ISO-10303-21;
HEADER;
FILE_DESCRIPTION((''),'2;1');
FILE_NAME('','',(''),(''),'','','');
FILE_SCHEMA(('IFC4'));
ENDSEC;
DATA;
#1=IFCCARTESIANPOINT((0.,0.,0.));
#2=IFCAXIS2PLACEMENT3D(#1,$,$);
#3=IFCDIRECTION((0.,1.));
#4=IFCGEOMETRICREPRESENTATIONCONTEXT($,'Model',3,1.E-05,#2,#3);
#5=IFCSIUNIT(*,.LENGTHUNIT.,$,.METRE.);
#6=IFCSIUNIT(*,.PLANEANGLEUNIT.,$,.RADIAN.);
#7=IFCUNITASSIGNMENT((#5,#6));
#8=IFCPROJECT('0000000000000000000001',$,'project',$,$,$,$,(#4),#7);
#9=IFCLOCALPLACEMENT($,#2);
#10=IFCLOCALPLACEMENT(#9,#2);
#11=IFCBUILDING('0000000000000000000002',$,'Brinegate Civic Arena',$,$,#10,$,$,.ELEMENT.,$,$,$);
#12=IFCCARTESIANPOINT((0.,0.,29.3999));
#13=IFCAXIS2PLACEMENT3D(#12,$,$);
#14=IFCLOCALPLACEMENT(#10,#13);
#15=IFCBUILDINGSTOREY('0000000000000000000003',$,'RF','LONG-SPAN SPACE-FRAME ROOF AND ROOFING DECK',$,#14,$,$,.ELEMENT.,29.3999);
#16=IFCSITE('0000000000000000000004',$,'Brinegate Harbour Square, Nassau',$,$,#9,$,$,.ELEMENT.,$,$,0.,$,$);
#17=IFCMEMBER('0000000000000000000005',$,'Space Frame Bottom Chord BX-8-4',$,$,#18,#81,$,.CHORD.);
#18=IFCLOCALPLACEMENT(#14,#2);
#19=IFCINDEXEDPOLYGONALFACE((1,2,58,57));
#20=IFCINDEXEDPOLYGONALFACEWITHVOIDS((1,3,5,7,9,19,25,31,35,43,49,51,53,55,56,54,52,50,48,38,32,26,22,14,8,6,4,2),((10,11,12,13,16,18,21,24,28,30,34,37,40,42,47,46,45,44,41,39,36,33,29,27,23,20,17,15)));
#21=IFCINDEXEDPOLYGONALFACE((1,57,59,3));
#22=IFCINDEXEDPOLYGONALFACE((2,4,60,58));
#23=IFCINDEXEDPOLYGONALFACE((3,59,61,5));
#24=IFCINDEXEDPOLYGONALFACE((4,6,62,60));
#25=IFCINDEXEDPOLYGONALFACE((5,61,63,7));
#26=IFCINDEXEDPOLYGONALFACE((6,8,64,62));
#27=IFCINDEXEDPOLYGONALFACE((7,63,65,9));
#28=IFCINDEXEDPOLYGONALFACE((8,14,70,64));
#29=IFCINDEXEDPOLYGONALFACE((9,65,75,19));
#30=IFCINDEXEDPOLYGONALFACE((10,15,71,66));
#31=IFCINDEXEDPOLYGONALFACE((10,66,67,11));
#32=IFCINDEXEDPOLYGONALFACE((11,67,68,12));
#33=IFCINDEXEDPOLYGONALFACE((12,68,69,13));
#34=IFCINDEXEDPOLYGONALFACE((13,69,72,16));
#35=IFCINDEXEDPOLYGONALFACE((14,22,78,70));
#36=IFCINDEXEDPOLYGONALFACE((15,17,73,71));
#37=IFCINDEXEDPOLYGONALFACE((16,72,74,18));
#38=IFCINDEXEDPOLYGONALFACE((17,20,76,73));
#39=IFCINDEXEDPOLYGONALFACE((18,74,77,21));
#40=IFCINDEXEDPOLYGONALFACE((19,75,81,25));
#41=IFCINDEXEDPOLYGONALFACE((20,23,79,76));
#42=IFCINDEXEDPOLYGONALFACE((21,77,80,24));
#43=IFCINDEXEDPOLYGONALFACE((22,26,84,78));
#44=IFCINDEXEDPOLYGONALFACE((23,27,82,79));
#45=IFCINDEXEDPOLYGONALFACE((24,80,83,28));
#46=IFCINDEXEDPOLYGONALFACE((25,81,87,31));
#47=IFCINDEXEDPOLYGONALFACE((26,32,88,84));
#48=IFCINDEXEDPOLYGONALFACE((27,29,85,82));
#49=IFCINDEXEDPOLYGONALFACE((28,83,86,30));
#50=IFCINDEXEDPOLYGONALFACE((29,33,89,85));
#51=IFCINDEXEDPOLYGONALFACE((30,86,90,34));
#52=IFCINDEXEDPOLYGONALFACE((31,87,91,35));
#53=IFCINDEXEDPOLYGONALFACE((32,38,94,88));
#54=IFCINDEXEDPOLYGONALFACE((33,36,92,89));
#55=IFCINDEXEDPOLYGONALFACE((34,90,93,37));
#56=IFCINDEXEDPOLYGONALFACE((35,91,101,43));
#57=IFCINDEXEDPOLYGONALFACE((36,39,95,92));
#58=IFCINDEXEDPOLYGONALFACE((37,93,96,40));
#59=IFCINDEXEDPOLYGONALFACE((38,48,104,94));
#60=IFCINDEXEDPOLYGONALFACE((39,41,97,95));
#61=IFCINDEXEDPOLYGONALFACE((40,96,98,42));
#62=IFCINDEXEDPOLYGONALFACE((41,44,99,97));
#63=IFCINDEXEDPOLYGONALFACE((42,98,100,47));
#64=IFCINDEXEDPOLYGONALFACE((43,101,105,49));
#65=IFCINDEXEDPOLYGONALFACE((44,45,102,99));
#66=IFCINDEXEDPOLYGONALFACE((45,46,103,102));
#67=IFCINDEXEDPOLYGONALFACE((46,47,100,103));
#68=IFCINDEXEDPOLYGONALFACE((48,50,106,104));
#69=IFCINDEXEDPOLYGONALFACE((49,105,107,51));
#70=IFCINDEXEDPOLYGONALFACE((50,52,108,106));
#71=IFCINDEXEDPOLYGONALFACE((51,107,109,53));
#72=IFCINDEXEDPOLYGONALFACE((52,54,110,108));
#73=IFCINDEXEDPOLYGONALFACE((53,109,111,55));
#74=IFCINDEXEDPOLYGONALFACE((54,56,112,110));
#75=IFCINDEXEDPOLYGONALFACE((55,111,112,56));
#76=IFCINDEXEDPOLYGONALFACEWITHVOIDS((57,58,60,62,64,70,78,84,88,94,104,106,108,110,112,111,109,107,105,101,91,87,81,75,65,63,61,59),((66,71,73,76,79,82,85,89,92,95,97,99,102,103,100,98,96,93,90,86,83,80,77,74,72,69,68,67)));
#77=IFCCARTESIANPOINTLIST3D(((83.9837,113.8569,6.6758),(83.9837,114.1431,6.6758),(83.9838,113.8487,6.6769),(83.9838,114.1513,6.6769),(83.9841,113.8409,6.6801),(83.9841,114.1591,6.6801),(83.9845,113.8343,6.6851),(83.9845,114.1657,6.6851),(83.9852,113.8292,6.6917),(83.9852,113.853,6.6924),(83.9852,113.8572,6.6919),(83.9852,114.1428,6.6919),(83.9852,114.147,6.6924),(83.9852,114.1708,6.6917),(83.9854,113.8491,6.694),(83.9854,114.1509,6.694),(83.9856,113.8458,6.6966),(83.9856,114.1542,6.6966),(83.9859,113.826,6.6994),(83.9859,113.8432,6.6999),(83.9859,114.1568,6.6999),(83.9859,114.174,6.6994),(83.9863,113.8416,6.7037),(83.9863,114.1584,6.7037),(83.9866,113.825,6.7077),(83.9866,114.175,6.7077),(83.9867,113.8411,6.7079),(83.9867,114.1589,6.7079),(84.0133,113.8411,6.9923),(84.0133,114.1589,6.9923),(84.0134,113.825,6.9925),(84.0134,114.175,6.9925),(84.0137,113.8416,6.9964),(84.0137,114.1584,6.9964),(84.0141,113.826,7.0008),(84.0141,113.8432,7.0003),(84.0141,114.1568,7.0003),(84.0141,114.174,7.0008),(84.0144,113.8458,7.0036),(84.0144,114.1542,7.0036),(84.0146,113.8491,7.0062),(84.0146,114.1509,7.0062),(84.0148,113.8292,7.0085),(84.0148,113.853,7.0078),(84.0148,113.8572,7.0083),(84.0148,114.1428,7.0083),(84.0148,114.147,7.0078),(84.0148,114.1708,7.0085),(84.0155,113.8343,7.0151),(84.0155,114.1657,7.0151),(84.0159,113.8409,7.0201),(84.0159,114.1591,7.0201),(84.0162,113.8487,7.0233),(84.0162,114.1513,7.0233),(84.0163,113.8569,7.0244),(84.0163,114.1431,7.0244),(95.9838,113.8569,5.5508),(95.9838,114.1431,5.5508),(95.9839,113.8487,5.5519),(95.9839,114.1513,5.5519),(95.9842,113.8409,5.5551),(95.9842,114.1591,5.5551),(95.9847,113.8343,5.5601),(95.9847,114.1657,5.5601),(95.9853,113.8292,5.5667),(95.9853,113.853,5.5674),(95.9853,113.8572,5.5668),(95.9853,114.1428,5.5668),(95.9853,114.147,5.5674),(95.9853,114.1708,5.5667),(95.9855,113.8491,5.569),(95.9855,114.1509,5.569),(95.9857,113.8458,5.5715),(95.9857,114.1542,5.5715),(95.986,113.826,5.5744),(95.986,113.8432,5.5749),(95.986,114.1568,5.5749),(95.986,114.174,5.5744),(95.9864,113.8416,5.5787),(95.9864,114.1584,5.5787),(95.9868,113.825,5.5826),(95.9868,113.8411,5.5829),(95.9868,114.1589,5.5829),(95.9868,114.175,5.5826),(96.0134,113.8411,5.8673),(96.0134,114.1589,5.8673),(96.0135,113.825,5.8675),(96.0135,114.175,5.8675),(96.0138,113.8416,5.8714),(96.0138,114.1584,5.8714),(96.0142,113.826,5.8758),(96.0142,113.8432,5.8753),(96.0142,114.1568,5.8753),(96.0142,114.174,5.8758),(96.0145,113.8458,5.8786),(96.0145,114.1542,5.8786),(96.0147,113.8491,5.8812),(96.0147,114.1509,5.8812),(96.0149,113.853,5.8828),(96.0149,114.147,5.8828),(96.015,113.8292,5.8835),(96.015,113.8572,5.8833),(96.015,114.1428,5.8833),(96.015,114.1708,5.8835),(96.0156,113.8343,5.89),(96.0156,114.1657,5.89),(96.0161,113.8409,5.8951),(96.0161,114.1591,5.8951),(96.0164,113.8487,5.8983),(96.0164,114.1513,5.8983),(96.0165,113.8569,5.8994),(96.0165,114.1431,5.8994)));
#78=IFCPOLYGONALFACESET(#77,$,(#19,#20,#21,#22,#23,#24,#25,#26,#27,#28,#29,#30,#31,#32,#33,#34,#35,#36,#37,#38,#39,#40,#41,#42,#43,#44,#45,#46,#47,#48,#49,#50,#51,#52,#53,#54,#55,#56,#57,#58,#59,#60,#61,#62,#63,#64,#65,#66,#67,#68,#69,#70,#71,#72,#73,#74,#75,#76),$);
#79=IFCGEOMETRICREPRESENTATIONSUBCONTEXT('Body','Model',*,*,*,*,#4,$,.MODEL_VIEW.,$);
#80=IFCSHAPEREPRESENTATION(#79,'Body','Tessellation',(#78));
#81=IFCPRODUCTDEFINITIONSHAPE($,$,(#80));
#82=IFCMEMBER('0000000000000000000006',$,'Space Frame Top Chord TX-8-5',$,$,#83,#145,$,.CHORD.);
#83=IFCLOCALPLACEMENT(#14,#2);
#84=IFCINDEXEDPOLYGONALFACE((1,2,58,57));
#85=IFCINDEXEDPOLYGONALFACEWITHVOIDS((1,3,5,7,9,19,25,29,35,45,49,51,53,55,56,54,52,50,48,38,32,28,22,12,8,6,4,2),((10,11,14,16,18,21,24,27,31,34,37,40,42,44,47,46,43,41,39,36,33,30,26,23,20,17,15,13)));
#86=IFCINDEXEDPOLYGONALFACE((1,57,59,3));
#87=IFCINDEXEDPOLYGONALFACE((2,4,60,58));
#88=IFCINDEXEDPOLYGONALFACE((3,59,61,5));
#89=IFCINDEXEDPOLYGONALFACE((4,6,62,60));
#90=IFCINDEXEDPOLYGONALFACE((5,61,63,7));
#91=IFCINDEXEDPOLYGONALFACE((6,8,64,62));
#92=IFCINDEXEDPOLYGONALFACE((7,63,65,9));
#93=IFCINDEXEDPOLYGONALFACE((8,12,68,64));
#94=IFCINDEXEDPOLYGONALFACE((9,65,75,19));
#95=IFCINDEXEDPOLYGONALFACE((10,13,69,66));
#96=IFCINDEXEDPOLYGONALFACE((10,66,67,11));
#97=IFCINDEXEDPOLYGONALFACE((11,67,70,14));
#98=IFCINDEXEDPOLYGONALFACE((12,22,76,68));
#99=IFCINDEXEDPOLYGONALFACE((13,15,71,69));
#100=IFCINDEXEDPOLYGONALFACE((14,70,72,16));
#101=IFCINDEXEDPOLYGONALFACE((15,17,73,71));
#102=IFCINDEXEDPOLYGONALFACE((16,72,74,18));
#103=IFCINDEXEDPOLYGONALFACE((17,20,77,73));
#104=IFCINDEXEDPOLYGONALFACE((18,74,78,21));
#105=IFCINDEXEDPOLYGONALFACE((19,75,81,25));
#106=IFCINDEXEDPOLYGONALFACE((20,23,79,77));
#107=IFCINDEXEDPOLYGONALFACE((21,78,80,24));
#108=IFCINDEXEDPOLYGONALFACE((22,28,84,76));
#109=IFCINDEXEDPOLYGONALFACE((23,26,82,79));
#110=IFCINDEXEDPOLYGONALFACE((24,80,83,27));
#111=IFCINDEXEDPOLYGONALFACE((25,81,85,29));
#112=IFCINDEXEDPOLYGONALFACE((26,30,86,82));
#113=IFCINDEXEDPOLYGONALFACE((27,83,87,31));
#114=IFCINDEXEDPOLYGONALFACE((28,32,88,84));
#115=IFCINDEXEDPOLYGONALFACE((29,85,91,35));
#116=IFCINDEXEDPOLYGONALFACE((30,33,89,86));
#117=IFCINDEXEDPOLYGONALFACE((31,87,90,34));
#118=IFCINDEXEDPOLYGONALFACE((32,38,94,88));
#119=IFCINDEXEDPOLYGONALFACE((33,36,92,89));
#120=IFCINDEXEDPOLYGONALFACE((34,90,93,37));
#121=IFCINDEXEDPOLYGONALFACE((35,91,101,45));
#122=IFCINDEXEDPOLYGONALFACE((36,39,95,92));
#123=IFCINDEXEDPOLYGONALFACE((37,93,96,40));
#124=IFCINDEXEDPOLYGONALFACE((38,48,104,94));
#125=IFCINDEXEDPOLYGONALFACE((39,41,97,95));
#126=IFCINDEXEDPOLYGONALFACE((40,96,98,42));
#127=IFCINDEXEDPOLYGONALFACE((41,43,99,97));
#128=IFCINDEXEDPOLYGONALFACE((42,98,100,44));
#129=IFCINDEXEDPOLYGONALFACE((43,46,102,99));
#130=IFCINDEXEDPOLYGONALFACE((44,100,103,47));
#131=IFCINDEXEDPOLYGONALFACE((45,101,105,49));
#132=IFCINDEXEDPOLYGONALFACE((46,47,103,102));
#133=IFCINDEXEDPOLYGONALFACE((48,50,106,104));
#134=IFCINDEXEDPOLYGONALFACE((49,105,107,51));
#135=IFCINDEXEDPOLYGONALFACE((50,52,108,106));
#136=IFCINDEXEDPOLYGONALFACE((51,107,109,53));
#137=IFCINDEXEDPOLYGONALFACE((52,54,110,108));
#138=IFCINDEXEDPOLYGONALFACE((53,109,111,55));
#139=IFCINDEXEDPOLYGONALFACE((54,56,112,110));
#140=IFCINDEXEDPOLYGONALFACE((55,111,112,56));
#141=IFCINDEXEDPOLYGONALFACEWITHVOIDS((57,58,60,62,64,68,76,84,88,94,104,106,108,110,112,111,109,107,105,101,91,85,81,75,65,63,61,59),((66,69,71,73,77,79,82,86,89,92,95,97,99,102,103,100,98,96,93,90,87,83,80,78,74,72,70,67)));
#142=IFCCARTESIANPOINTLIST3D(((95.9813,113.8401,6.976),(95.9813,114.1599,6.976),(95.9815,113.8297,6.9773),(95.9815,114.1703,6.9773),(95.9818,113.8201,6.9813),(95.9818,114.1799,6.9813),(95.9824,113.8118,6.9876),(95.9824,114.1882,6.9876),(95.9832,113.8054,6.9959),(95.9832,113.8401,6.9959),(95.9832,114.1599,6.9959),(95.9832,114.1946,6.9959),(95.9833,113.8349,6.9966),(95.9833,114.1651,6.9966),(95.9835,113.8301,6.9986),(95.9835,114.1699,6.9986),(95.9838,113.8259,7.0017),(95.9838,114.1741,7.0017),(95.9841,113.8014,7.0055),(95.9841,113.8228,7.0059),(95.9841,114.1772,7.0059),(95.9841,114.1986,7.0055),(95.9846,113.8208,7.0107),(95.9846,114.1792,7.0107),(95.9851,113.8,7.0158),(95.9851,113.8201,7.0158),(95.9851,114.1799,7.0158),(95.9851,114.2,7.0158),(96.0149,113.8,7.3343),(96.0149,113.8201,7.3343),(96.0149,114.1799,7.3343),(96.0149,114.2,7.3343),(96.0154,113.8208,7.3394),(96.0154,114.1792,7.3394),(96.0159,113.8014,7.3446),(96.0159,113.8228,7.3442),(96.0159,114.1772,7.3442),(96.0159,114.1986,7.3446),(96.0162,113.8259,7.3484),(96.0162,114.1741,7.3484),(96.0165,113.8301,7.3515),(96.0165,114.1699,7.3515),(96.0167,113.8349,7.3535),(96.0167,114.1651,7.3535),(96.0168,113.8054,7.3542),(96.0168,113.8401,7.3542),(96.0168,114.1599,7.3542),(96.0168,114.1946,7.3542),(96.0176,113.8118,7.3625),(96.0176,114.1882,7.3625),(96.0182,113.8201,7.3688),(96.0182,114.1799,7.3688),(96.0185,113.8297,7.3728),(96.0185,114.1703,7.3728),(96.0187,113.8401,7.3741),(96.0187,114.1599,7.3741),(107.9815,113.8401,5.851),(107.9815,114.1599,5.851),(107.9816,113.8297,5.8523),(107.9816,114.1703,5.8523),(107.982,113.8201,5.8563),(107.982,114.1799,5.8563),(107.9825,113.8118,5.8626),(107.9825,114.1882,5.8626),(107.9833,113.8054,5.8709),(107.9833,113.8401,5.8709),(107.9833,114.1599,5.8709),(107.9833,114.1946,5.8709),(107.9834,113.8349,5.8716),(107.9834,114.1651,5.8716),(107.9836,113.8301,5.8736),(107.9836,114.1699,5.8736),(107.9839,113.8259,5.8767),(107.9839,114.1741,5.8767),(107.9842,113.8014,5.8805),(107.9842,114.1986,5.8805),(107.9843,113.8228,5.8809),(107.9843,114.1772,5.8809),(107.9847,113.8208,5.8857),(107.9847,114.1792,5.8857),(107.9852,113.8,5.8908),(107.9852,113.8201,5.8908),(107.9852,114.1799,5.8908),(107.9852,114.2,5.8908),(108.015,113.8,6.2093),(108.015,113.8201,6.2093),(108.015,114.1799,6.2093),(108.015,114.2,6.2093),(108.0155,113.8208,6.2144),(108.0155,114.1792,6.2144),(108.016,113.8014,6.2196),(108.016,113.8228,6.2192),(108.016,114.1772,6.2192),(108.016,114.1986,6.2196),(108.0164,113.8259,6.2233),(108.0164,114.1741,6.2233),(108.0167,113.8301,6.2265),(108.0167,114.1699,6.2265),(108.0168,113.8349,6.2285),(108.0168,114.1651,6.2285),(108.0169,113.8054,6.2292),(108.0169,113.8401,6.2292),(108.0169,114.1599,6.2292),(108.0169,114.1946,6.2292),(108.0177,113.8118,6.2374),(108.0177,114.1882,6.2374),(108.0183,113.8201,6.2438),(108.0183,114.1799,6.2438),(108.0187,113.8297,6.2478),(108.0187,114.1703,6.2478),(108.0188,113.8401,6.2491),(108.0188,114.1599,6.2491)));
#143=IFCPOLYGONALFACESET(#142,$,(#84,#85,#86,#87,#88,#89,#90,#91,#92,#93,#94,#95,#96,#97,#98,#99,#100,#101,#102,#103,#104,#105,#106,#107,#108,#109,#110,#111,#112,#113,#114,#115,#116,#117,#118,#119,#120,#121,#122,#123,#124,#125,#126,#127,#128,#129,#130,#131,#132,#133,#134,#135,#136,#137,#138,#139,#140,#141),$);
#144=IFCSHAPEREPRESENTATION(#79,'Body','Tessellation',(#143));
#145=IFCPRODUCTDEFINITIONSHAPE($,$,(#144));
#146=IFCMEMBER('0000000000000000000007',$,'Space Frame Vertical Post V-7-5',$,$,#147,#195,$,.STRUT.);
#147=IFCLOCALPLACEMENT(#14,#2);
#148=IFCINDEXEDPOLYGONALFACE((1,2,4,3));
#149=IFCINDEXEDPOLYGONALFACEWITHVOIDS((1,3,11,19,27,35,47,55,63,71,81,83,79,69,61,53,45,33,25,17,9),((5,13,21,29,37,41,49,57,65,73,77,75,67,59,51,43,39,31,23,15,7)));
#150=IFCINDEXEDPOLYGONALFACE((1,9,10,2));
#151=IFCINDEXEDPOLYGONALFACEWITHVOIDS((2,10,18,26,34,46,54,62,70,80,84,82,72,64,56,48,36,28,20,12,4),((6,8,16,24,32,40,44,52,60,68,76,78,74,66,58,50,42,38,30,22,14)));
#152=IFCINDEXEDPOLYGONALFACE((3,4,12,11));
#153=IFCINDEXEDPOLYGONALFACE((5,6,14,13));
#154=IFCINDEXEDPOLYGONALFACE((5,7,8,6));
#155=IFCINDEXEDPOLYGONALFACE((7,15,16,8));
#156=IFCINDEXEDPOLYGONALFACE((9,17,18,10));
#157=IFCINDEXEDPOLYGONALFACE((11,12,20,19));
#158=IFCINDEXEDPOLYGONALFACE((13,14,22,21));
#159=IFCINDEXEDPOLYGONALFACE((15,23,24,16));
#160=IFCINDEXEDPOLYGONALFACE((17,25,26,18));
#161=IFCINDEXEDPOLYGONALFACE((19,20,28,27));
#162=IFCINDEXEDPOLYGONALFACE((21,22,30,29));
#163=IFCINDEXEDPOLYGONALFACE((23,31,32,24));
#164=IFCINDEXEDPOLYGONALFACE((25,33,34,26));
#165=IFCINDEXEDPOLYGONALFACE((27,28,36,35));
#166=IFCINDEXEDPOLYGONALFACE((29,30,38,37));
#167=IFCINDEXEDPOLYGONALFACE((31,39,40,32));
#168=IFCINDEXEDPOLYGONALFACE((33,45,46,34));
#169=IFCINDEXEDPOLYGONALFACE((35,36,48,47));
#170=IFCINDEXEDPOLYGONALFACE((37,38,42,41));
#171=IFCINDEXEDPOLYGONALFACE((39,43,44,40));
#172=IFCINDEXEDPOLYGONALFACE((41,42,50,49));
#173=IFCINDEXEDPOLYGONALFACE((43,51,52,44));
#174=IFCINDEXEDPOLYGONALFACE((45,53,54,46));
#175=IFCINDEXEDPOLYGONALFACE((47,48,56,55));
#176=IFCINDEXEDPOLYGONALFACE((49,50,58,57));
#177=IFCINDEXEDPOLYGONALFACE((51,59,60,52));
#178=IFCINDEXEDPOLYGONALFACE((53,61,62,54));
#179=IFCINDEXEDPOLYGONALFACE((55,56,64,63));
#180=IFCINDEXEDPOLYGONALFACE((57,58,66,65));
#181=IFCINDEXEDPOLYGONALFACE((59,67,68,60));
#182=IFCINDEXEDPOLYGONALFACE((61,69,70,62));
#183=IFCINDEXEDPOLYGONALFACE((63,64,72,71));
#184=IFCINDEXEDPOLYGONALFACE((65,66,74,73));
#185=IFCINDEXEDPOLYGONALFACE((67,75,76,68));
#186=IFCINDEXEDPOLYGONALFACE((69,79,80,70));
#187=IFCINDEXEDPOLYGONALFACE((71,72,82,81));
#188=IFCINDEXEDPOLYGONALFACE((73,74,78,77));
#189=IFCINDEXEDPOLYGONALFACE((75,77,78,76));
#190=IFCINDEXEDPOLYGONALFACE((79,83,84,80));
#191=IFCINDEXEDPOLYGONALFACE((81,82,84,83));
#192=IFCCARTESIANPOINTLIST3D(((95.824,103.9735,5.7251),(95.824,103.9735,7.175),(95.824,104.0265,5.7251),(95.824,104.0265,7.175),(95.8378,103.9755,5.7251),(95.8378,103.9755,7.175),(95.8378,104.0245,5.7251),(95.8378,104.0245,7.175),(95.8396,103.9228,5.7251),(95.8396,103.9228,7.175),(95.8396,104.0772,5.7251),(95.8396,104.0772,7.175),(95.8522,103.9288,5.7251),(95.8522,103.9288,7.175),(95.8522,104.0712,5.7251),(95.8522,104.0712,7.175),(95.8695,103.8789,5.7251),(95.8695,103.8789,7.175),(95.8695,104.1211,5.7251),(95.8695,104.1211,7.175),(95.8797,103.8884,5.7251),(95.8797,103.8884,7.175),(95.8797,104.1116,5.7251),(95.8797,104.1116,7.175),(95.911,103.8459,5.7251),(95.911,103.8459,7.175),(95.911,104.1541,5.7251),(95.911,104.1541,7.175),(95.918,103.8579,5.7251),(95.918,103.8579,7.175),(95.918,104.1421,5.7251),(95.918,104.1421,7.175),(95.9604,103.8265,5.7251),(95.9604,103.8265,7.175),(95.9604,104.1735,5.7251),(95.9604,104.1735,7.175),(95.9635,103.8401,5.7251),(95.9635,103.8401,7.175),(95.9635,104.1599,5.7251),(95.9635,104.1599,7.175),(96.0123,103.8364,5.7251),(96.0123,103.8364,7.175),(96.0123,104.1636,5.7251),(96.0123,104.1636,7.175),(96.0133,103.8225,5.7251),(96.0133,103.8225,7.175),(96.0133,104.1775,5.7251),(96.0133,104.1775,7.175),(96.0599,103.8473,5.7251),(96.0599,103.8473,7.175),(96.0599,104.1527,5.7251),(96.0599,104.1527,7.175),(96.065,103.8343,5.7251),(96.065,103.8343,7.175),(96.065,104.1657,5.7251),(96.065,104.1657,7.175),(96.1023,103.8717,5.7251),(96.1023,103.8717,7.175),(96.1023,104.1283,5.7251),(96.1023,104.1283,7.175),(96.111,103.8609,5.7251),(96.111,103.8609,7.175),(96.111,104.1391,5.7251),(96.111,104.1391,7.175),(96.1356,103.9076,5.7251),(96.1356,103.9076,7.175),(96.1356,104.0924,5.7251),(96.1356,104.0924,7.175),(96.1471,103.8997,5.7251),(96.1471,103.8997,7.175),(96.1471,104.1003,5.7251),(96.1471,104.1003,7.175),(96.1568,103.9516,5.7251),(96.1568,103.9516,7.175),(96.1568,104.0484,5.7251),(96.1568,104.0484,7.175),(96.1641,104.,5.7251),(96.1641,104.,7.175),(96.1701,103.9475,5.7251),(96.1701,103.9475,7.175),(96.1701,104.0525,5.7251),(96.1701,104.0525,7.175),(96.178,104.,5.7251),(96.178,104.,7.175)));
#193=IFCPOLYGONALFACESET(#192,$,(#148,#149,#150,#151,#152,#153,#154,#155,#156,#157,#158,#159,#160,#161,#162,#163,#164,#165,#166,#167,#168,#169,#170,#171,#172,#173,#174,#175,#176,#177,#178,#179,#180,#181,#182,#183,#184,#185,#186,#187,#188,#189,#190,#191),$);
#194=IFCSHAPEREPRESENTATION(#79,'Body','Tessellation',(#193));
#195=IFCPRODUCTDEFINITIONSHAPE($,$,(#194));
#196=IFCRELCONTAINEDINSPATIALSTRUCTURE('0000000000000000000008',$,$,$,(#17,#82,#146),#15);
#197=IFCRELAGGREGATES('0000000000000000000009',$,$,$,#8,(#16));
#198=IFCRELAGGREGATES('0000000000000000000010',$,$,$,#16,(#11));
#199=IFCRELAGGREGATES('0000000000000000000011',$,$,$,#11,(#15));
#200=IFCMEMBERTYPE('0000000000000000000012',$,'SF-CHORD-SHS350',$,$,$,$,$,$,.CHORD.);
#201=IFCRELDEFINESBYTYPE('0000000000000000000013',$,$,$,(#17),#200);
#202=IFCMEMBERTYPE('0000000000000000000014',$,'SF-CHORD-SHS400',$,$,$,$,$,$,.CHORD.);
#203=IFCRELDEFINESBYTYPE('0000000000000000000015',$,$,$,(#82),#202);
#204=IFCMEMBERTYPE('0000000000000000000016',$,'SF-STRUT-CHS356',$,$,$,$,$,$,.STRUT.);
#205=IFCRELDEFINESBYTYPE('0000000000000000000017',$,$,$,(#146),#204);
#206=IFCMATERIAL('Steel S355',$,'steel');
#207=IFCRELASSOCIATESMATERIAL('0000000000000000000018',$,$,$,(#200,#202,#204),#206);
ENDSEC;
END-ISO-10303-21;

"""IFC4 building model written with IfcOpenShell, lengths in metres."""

from ifc_helpers import new_model, si_unit, direction, frame, origin, origin_2d, place, context, subcontext, project, spatial, hollow_rectangle, hollow_circle, extrude, material, material_profile, profile_set, type_object, element, save


model = new_model("IFC4")

# Units and contexts
model_context = context("Model", 3, precision=1e-05, world=origin(), true_north=direction((0.0, 1.0)))
body_context = subcontext(model_context, "Body", "Model", "MODEL_VIEW")
ifc_project = project(units=[si_unit("LENGTHUNIT", "METRE"), si_unit("PLANEANGLEUNIT", "RADIAN")], contexts=[model_context])

# Site, building, storey
site_placement = place(None, origin())
site = spatial("IfcSite", under=ifc_project, at=site_placement, Name="Brinegate Harbour Square, Nassau", CompositionType="ELEMENT", RefElevation=0.0)
building_placement = place(site_placement, origin())
building = spatial("IfcBuilding", under=site, at=building_placement, Name="Brinegate Civic Arena", CompositionType="ELEMENT")
storey_placement = place(building_placement, frame((0.0, 0.0, 29.3999)))
storey = spatial("IfcBuildingStorey", under=building, at=storey_placement, Name="RF", Description="LONG-SPAN SPACE-FRAME ROOF AND ROOFING DECK", CompositionType="ELEMENT", Elevation=29.3999)

# Shared definitions
ifc_material_1 = material(Name="Steel S355", Category="steel")

# Members
ifc_material_profile_1 = material_profile(ifc_material_1, hollow_rectangle(XDim=0.3501, YDim=0.3501, WallThickness=0.0161, InnerFilletRadius=0.0161, OuterFilletRadius=0.032, at=origin_2d()), Name="SHS350X16")
ifc_profile_set_1 = profile_set([ifc_material_profile_1], Name="Steel S355")
member_type_1 = type_object("IfcMemberType", Name="SF-CHORD-SHS350", PredefinedType="CHORD", material=ifc_profile_set_1)
for number, where, z_axis, x_axis, name in (
    (1, (84.0, 114.0, 6.8501), (0.995634, 0.0, -0.093341), (0.0, 1.0, 0.0), "Space Frame Bottom Chord BX-8-4"),
):
    element("IfcMember", number, at=place(storey_placement, frame(where, z_axis=z_axis, x_axis=x_axis)), inside=storey, type_object=member_type_1, Name=name, PredefinedType="CHORD", context=body_context, shape_type="SweptSolid", body=[
        extrude(hollow_rectangle(XDim=0.3501, YDim=0.3501, WallThickness=0.0161, InnerFilletRadius=0.0161, OuterFilletRadius=0.032, at=origin_2d()), origin(), (0.0, 0.0, 1.0), 12.0527),
    ])
ifc_material_profile_2 = material_profile(ifc_material_1, hollow_rectangle(XDim=0.3999, YDim=0.3999, WallThickness=0.02, InnerFilletRadius=0.02, OuterFilletRadius=0.04, at=origin_2d()), Name="SHS400X20")
ifc_profile_set_2 = profile_set([ifc_material_profile_2], Name="Steel S355")
member_type_2 = type_object("IfcMemberType", Name="SF-CHORD-SHS400", PredefinedType="CHORD", material=ifc_profile_set_2)
member_1_placement = place(storey_placement, frame((96.0, 114.0, 7.175), z_axis=(0.995634, 0.0, -0.093341), x_axis=(0.0, 1.0, 0.0)))
element("IfcMember", 2, at=member_1_placement, inside=storey, type_object=member_type_2, Name="Space Frame Top Chord TX-8-5", PredefinedType="CHORD", context=body_context, shape_type="SweptSolid", body=[
    extrude(hollow_rectangle(XDim=0.3999, YDim=0.3999, WallThickness=0.02, InnerFilletRadius=0.02, OuterFilletRadius=0.04, at=origin_2d()), origin(), (0.0, 0.0, 1.0), 12.0527),
])
ifc_material_profile_3 = material_profile(ifc_material_1, hollow_circle(Radius=0.178, WallThickness=0.0139, at=origin_2d()), Name="CHS356X14")
ifc_profile_set_3 = profile_set([ifc_material_profile_3], Name="Steel S355")
member_type_3 = type_object("IfcMemberType", Name="SF-STRUT-CHS356", PredefinedType="STRUT", material=ifc_profile_set_3)
for number, where, z_axis, x_axis, name in (
    (3, (96.0, 104.0, 5.7251), (0.0, 0.0, 1.0), (1.0, 0.0, 0.0), "Space Frame Vertical Post V-7-5"),
):
    element("IfcMember", number, at=place(storey_placement, frame(where, z_axis=z_axis, x_axis=x_axis)), inside=storey, type_object=member_type_3, Name=name, PredefinedType="STRUT", context=body_context, shape_type="SweptSolid", body=[
        extrude(hollow_circle(Radius=0.178, WallThickness=0.0139, at=origin_2d()), origin(), (0.0, 0.0, 1.0), 1.45),
    ])

save(model, "model.ifc")
